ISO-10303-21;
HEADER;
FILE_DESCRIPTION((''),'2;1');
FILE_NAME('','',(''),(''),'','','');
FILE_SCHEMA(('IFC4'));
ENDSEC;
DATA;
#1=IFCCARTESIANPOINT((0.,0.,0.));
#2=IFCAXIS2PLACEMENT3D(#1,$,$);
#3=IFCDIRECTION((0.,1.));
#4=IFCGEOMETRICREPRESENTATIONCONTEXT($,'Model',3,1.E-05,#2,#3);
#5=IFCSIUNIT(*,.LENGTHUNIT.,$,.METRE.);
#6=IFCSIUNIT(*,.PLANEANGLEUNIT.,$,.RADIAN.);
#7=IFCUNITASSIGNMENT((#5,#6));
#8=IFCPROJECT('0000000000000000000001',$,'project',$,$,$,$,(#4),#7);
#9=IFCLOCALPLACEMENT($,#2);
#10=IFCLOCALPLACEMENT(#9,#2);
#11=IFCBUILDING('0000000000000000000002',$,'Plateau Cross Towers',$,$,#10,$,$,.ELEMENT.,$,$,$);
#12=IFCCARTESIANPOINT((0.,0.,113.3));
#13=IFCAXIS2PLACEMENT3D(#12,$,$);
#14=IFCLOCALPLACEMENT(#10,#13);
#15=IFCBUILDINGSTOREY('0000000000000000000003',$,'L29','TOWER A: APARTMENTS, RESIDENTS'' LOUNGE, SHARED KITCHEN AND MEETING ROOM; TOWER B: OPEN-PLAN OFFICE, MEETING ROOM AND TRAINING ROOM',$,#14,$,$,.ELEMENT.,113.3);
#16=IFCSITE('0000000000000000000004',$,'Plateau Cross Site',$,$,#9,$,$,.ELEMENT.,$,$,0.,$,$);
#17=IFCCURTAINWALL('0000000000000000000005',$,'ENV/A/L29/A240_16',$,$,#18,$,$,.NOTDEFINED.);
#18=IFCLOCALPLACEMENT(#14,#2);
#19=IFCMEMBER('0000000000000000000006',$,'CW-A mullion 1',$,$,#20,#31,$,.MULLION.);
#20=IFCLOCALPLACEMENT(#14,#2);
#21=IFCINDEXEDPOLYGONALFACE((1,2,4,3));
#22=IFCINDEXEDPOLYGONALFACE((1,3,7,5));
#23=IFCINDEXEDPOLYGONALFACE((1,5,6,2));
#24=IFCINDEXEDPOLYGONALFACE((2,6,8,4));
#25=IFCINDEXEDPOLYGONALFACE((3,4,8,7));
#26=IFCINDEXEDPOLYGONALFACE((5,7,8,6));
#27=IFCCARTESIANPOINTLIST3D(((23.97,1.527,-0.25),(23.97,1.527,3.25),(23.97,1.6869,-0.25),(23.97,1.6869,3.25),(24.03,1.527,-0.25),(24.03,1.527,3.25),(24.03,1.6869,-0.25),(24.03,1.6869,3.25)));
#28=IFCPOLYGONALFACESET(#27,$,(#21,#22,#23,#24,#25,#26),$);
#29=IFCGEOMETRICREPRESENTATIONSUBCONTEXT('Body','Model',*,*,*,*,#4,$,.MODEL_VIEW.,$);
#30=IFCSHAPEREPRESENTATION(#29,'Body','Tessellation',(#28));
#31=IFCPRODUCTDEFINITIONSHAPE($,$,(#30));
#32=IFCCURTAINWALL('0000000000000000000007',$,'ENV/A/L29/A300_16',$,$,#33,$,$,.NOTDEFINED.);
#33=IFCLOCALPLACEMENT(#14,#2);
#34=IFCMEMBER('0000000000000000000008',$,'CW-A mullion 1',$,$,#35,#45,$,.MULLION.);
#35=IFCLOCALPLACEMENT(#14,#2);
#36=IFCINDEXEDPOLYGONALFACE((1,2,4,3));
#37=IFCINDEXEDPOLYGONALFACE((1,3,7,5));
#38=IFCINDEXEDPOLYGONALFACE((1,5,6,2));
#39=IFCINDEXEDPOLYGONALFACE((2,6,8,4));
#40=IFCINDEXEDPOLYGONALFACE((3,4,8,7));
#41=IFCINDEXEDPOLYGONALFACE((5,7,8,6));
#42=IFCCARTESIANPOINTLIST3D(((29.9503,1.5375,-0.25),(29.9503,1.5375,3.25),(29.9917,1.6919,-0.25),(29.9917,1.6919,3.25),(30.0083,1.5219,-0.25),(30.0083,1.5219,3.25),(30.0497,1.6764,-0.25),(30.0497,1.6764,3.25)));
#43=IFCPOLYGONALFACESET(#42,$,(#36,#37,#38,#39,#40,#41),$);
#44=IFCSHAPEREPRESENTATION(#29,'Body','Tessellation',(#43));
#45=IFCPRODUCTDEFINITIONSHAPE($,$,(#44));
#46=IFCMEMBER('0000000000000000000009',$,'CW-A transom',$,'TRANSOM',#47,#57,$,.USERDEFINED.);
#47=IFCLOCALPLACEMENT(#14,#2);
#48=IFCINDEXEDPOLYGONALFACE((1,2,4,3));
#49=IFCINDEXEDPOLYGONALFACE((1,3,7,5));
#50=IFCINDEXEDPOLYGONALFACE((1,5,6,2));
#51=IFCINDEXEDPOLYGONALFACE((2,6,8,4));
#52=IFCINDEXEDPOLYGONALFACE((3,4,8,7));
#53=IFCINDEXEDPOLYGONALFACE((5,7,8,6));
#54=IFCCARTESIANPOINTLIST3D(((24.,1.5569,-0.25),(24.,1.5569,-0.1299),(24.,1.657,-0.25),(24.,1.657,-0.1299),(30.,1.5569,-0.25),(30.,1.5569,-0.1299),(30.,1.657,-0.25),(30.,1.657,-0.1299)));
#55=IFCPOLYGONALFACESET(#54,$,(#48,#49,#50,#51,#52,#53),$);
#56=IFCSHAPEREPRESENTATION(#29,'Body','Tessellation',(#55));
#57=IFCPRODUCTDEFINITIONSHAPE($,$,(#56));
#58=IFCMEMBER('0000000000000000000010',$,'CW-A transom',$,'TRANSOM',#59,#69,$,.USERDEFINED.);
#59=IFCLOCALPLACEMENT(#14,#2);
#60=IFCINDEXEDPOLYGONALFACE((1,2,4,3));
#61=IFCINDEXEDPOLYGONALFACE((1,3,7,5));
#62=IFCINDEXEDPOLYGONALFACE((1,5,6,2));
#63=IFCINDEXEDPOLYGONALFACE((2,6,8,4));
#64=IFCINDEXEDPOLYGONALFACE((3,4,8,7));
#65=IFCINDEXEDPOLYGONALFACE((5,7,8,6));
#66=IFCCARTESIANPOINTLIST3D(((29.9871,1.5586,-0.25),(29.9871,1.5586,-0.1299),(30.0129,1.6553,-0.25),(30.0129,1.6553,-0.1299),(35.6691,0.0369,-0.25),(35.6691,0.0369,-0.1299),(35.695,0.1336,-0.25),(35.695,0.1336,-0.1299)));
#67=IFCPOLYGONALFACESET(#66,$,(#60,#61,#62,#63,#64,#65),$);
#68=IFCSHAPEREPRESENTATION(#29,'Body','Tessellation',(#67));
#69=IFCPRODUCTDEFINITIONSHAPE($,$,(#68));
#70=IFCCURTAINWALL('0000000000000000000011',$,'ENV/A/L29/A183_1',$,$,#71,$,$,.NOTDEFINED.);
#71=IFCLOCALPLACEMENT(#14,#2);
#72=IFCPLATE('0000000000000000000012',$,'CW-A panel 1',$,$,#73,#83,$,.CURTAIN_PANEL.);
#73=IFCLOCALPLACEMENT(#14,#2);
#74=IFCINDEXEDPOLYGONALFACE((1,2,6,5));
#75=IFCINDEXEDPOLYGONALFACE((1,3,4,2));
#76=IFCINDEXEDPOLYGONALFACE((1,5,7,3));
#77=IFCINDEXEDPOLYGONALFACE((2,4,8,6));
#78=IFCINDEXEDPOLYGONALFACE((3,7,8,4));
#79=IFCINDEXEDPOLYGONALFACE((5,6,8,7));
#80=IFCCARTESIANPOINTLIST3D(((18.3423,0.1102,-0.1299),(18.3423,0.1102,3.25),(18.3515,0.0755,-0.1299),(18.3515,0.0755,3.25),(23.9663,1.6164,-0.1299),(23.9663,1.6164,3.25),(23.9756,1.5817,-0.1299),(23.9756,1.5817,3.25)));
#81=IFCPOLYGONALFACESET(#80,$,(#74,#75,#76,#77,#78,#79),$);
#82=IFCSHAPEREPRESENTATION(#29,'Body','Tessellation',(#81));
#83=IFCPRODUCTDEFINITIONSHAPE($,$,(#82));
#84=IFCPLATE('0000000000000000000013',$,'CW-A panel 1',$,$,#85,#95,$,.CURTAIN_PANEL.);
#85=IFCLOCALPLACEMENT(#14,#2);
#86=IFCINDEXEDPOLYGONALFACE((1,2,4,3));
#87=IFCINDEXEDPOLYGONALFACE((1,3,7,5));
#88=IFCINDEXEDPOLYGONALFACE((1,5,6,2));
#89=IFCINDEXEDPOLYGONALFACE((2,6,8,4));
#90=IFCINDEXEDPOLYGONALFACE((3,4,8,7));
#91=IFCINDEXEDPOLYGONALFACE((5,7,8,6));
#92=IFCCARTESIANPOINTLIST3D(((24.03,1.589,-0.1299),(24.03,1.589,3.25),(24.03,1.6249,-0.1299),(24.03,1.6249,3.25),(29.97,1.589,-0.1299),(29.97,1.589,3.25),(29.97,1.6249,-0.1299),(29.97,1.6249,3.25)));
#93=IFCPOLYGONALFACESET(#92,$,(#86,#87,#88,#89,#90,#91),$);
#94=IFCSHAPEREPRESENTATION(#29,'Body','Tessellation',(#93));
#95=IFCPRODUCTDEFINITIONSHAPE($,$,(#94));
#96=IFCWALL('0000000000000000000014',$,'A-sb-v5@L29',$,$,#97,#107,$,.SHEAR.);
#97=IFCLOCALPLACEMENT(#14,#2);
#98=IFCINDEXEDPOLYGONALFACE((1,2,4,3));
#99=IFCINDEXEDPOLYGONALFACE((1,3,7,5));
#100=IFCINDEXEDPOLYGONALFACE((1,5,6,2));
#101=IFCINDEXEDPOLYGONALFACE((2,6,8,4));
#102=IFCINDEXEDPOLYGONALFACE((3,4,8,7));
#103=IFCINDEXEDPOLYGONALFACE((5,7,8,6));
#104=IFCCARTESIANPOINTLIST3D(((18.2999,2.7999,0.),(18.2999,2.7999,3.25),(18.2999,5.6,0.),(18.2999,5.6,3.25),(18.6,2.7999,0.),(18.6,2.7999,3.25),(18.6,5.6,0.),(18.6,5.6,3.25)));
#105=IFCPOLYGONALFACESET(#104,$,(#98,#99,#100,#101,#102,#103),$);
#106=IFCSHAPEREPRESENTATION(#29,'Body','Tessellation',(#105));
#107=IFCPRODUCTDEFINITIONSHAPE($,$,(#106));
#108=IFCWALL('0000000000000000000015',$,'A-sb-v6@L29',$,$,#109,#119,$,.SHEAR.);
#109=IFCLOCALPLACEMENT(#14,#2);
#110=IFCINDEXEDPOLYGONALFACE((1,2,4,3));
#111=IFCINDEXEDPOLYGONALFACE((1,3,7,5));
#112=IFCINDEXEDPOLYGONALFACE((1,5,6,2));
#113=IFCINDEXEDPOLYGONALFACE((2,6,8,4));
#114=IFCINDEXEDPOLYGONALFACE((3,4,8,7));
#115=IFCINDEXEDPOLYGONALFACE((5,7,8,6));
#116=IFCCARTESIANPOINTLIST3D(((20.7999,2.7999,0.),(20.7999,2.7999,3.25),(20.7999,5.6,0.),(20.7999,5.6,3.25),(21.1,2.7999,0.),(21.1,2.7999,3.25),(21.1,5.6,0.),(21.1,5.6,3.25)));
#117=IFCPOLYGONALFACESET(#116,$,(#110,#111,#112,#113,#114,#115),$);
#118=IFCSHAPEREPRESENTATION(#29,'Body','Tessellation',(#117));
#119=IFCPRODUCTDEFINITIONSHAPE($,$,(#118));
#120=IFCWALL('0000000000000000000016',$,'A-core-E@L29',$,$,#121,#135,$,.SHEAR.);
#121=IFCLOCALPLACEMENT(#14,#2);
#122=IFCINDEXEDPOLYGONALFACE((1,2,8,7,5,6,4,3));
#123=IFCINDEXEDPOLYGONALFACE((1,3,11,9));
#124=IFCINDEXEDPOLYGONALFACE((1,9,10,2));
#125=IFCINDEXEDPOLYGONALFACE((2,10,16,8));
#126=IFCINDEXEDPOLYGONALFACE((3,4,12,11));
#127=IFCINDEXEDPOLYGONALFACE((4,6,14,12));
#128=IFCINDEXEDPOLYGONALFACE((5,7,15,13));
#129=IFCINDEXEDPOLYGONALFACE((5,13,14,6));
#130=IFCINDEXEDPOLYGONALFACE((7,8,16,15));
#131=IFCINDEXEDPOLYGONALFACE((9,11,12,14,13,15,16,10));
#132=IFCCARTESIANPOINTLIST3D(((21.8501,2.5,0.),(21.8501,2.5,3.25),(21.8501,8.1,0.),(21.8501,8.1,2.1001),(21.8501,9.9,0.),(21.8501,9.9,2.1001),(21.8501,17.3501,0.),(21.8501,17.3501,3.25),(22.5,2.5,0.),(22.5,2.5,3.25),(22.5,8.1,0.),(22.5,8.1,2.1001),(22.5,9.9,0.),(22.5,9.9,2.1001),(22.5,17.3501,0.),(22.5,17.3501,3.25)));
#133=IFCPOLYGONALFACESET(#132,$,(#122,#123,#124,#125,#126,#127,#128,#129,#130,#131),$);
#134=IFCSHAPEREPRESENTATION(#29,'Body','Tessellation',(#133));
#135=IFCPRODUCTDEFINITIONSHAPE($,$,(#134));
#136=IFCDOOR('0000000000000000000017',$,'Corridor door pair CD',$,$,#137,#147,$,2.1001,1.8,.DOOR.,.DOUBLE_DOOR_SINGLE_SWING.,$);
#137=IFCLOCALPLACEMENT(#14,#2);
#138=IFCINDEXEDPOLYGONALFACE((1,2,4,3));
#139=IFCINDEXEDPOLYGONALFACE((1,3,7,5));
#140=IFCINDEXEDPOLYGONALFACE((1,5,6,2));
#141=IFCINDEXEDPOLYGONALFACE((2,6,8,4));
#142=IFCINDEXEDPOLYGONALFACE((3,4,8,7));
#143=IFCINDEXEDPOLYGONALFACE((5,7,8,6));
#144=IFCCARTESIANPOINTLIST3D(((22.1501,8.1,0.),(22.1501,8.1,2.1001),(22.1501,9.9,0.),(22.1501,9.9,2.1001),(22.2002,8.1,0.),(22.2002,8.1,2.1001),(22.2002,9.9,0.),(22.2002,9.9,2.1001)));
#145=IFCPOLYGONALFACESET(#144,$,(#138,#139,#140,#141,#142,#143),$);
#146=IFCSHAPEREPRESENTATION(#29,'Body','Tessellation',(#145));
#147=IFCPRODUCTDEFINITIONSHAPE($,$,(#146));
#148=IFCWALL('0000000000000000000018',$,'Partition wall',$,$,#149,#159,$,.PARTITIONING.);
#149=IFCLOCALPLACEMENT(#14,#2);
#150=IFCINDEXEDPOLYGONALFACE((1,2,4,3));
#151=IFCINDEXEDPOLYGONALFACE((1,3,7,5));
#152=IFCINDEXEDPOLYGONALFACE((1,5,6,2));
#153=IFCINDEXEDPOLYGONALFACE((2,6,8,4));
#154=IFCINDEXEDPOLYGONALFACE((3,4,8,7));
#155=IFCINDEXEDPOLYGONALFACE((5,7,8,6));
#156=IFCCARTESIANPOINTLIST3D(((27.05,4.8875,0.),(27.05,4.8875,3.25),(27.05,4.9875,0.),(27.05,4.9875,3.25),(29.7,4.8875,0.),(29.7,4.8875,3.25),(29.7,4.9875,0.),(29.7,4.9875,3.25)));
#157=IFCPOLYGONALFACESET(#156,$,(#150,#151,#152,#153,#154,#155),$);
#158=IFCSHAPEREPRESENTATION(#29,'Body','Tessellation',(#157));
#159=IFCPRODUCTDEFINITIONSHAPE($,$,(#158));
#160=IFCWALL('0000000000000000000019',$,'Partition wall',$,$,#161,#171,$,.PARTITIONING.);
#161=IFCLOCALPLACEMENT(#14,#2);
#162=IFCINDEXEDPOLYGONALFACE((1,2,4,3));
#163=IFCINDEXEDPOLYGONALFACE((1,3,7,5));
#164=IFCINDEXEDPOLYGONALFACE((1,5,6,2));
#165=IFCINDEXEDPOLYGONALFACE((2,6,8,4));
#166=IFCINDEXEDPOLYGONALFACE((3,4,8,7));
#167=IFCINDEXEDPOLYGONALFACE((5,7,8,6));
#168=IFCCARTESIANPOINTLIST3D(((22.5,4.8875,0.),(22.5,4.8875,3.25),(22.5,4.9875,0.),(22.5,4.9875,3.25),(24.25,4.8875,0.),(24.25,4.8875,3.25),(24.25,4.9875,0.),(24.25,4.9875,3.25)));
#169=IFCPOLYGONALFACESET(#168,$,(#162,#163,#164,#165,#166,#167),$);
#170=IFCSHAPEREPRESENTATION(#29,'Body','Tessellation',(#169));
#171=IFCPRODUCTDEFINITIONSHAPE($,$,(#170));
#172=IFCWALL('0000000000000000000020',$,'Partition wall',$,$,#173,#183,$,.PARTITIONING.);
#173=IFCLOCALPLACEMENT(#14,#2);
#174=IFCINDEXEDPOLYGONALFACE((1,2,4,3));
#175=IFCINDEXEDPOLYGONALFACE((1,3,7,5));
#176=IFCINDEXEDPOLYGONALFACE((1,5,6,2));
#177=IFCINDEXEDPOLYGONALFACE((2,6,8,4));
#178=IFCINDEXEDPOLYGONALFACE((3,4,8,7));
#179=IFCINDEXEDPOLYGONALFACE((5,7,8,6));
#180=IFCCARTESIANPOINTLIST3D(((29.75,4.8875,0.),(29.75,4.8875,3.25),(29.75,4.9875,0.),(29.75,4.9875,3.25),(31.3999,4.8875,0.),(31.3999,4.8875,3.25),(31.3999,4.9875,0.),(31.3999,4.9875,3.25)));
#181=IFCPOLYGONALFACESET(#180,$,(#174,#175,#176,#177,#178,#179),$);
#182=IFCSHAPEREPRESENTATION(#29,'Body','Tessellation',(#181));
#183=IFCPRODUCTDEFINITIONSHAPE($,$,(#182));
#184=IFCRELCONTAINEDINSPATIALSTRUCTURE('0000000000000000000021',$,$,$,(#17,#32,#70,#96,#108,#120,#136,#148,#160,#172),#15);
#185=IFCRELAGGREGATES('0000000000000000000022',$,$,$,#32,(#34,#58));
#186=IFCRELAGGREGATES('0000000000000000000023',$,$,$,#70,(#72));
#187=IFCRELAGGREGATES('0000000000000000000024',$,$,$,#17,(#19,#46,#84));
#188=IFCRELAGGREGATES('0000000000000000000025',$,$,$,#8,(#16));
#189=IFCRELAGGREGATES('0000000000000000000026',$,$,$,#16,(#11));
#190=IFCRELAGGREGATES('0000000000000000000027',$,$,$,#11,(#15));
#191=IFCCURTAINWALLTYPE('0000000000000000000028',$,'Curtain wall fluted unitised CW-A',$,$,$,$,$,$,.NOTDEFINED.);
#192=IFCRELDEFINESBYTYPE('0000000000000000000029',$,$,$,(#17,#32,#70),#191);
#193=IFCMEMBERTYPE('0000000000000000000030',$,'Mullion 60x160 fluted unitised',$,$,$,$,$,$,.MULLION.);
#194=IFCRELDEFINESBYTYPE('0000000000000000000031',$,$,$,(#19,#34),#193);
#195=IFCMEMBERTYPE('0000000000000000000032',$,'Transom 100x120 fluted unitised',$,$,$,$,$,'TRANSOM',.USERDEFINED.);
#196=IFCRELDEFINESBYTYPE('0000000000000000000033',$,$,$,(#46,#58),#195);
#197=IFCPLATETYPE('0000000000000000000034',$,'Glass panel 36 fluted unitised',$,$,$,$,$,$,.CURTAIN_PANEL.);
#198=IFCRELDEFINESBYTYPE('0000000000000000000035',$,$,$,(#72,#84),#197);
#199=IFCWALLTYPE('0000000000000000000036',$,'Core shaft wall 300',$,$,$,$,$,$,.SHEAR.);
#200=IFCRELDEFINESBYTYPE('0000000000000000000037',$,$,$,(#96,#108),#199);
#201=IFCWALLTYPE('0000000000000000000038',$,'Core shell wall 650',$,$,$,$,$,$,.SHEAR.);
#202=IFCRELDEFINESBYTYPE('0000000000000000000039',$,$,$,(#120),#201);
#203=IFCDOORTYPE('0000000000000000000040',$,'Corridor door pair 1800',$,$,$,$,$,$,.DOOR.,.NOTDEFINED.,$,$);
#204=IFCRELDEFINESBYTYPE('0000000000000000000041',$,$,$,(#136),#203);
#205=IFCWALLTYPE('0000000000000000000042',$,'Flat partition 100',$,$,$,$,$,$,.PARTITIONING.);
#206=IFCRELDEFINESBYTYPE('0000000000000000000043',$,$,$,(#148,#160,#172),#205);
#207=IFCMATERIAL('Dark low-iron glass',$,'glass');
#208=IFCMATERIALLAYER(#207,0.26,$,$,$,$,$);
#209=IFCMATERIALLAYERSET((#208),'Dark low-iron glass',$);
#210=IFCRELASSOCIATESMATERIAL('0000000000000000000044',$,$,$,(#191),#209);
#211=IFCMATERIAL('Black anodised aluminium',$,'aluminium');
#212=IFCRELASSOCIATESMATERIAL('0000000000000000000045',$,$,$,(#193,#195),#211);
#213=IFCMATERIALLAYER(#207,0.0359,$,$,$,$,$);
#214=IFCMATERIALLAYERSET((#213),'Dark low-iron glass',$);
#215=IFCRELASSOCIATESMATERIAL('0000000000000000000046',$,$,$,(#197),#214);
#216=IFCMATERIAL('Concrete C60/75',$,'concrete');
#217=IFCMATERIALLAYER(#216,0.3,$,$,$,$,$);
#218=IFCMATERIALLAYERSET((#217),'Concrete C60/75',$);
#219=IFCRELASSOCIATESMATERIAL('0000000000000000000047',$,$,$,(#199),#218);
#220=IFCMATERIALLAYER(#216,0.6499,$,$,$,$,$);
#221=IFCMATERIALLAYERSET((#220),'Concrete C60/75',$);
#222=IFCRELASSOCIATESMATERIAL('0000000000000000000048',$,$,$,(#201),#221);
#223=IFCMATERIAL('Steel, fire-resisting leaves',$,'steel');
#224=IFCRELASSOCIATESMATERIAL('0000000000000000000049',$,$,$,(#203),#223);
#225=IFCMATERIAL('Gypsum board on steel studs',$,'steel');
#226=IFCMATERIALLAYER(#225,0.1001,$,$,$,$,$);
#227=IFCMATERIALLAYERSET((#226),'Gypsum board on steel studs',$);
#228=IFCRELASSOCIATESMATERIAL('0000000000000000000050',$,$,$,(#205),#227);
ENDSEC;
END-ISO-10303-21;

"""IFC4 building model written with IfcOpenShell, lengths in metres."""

from ifc_helpers import new_model, si_unit, direction, frame, frame_2d, origin, origin_2d, place, context, subcontext, project, spatial, rectangle, extrude, material, layer, layer_set, material_profile, profile_set, type_object, element, fill, aggregate, save


model = new_model("IFC4")

# Units and contexts
model_context = context("Model", 3, precision=1e-05, world=origin(), true_north=direction((0.0, 1.0)))
body_context = subcontext(model_context, "Body", "Model", "MODEL_VIEW")
ifc_project = project(units=[si_unit("LENGTHUNIT", "METRE"), si_unit("PLANEANGLEUNIT", "RADIAN")], contexts=[model_context])

# Site, building, storey
site_placement = place(None, origin())
site = spatial("IfcSite", under=ifc_project, at=site_placement, Name="Plateau Cross Site", CompositionType="ELEMENT", RefElevation=0.0)
building_placement = place(site_placement, origin())
building = spatial("IfcBuilding", under=site, at=building_placement, Name="Plateau Cross Towers", CompositionType="ELEMENT")
storey_placement = place(building_placement, frame((0.0, 0.0, 113.3)))
storey = spatial("IfcBuildingStorey", under=building, at=storey_placement, Name="L29", Description="TOWER A: APARTMENTS, RESIDENTS' LOUNGE, SHARED KITCHEN AND MEETING ROOM; TOWER B: OPEN-PLAN OFFICE, MEETING ROOM AND TRAINING ROOM", CompositionType="ELEMENT", Elevation=113.3)

# Curtain walls, members
ifc_material_1 = material(Name="Dark low-iron glass", Category="glass")
ifc_layer_1 = layer(ifc_material_1, 0.26)
ifc_layer_set_1 = layer_set([ifc_layer_1], Name="Dark low-iron glass")
curtain_wall_type = type_object("IfcCurtainWallType", Name="Curtain wall fluted unitised CW-A", PredefinedType="NOTDEFINED", material=ifc_layer_set_1)
curtain_wall_1_placement = place(storey_placement, origin())
curtain_wall_1 = element("IfcCurtainWall", 1, at=curtain_wall_1_placement, inside=storey, type_object=curtain_wall_type, Name="ENV/A/L29/A240_16", PredefinedType="NOTDEFINED")
ifc_material_2 = material(Name="Black anodised aluminium", Category="aluminium")
ifc_material_profile_1 = material_profile(ifc_material_2, rectangle(XDim=0.0601, YDim=0.1599, at=origin_2d()), Name="MULLION 60x160")
ifc_profile_set_1 = profile_set([ifc_material_profile_1], Name="Black anodised aluminium")
member_type_1 = type_object("IfcMemberType", Name="Mullion 60x160 fluted unitised", PredefinedType="MULLION", material=ifc_profile_set_1)
member_1_placement = place(storey_placement, frame((24.0, 1.6069, -0.25), z_axis=(0.0, 0.0, 1.0), x_axis=(1.0, 0.0, 0.0)))
member_1 = element("IfcMember", 2, at=member_1_placement, type_object=member_type_1, Name="CW-A mullion 1", PredefinedType="MULLION", context=body_context, shape_type="SweptSolid", body=[
    extrude(rectangle(XDim=0.0601, YDim=0.1599, at=origin_2d()), origin(), (0.0, 0.0, 1.0), 3.5),
])
curtain_wall_2_placement = place(storey_placement, origin())
curtain_wall_2 = element("IfcCurtainWall", 3, at=curtain_wall_2_placement, inside=storey, type_object=curtain_wall_type, Name="ENV/A/L29/A300_16", PredefinedType="NOTDEFINED")
member_2_placement = place(storey_placement, frame((30.0, 1.6069, -0.25), z_axis=(0.0, 0.0, 1.0), x_axis=(0.965958, -0.258699, 0.0)))
member_2 = element("IfcMember", 4, at=member_2_placement, type_object=member_type_1, Name="CW-A mullion 1", PredefinedType="MULLION", context=body_context, shape_type="SweptSolid", body=[
    extrude(rectangle(XDim=0.0601, YDim=0.1599, at=origin_2d()), origin(), (0.0, 0.0, 1.0), 3.5),
])

# Members
ifc_material_profile_2 = material_profile(ifc_material_2, rectangle(XDim=0.1001, YDim=0.1201, at=origin_2d()), Name="TRANSOM 100x120")
ifc_profile_set_2 = profile_set([ifc_material_profile_2], Name="Black anodised aluminium")
member_type_2 = type_object("IfcMemberType", Name="Transom 100x120 fluted unitised", ElementType="TRANSOM", PredefinedType="USERDEFINED", material=ifc_profile_set_2)
member_3_placement = place(storey_placement, frame((24.0, 1.6069, -0.1899), z_axis=(1.0, 0.0, 0.0), x_axis=(0.0, 1.0, 0.0)))
member_3 = element("IfcMember", 5, at=member_3_placement, type_object=member_type_2, Name="CW-A transom", ObjectType="TRANSOM", PredefinedType="USERDEFINED", context=body_context, shape_type="SweptSolid", body=[
    extrude(rectangle(XDim=0.1001, YDim=0.1201, at=origin_2d()), origin(), (0.0, 0.0, 1.0), 6.0),
])
member_4_placement = place(storey_placement, frame((30.0, 1.6069, -0.1899), z_axis=(0.96596, -0.258693, 0.0), x_axis=(0.258693, 0.96596, 0.0)))
member_4 = element("IfcMember", 6, at=member_4_placement, type_object=member_type_2, Name="CW-A transom", ObjectType="TRANSOM", PredefinedType="USERDEFINED", context=body_context, shape_type="SweptSolid", body=[
    extrude(rectangle(XDim=0.1001, YDim=0.1201, at=origin_2d()), origin(), (0.0, 0.0, 1.0), 5.8823),
])
aggregate(curtain_wall_2, [member_2, member_4])

# Curtain wall, plate
curtain_wall_3_placement = place(storey_placement, origin())
curtain_wall_3 = element("IfcCurtainWall", 7, at=curtain_wall_3_placement, inside=storey, type_object=curtain_wall_type, Name="ENV/A/L29/A183_1", PredefinedType="NOTDEFINED")
ifc_layer_2 = layer(ifc_material_1, 0.0359)
ifc_layer_set_2 = layer_set([ifc_layer_2], Name="Dark low-iron glass")
plate_type = type_object("IfcPlateType", Name="Glass panel 36 fluted unitised", PredefinedType="CURTAIN_PANEL", material=ifc_layer_set_2)
plate_1_placement = place(storey_placement, frame((21.1589, 0.8459, -0.1299), z_axis=(0.0, 0.0, 1.0), x_axis=(0.965958, 0.258699, 0.0)))
plate_1 = element("IfcPlate", 8, at=plate_1_placement, type_object=plate_type, Name="CW-A panel 1", PredefinedType="CURTAIN_PANEL", context=body_context, shape_type="SweptSolid", body=[
    extrude(rectangle(XDim=5.8223, YDim=0.0359, at=origin_2d()), origin(), (0.0, 0.0, 1.0), 3.3799),
])
aggregate(curtain_wall_3, [plate_1])

# Plate
plate_2_placement = place(storey_placement, frame((27.0, 1.6069, -0.1299), z_axis=(0.0, 0.0, 1.0), x_axis=(1.0, 0.0, 0.0)))
plate_2 = element("IfcPlate", 9, at=plate_2_placement, type_object=plate_type, Name="CW-A panel 1", PredefinedType="CURTAIN_PANEL", context=body_context, shape_type="SweptSolid", body=[
    extrude(rectangle(XDim=5.9399, YDim=0.0359, at=origin_2d()), origin(), (0.0, 0.0, 1.0), 3.3799),
])
aggregate(curtain_wall_1, [member_1, member_3, plate_2])

# Walls
ifc_material_3 = material(Name="Concrete C60/75", Category="concrete")
ifc_layer_3 = layer(ifc_material_3, 0.3)
ifc_layer_set_3 = layer_set([ifc_layer_3], Name="Concrete C60/75")
wall_type_1 = type_object("IfcWallType", Name="Core shaft wall 300", PredefinedType="SHEAR", material=ifc_layer_set_3)
for number, where, z_axis, x_axis, name in (
    (10, (18.45, 2.8, 0.0), (0.0, 0.0, 1.0), (0.0, 1.0, 0.0), "A-sb-v5@L29"),
    (11, (20.95, 2.8, 0.0), (0.0, 0.0, 1.0), (0.0, 1.0, 0.0), "A-sb-v6@L29"),
):
    element("IfcWall", number, at=place(storey_placement, frame(where, z_axis=z_axis, x_axis=x_axis)), inside=storey, type_object=wall_type_1, Name=name, PredefinedType="SHEAR", context=body_context, shape_type="SweptSolid", body=[
        extrude(rectangle(XDim=2.8, YDim=0.3, at=frame_2d((1.3999, 0.0))), origin(), (0.0, 0.0, 1.0), 3.25),
    ])

# Wall, opening, door
ifc_layer_4 = layer(ifc_material_3, 0.6499)
ifc_layer_set_4 = layer_set([ifc_layer_4], Name="Concrete C60/75")
wall_type_2 = type_object("IfcWallType", Name="Core shell wall 650", PredefinedType="SHEAR", material=ifc_layer_set_4)
wall_1_placement = place(storey_placement, frame((22.175, 2.5, 0.0), z_axis=(0.0, 0.0, 1.0), x_axis=(0.0, 1.0, 0.0)))
wall_1 = element("IfcWall", 12, at=wall_1_placement, inside=storey, type_object=wall_type_2, Name="A-core-E@L29", PredefinedType="SHEAR", context=body_context, shape_type="SweptSolid", body=[
    extrude(rectangle(XDim=14.8501, YDim=0.6499, at=frame_2d((7.425, 0.0))), origin(), (0.0, 0.0, 1.0), 3.25),
])
opening_1_placement = place(wall_1_placement, frame((5.6001, 0.0, 0.0)))
opening_1 = element("IfcOpeningElement", 13, at=opening_1_placement, cuts=wall_1, PredefinedType="OPENING", context=body_context, shape_type="SweptSolid", body=[
    extrude(rectangle(XDim=1.8, YDim=2.1001, at=frame_2d((0.8999, 1.05))), frame((0.0, 0.335, 0.0), z_axis=(0.0, -1.0, 0.0), x_axis=(1.0, 0.0, 0.0)), (0.0, 0.0, 1.0), 0.6699),
])
ifc_material_4 = material(Name="Steel, fire-resisting leaves", Category="steel")
door_type_1 = type_object("IfcDoorType", Name="Corridor door pair 1800", OperationType="NOTDEFINED", PredefinedType="DOOR", material=ifc_material_4)
door_1_placement = place(opening_1_placement, origin())
door_1 = element("IfcDoor", 14, at=door_1_placement, inside=storey, type_object=door_type_1, Name="Corridor door pair CD", OperationType="DOUBLE_DOOR_SINGLE_SWING", OverallHeight=2.1001, OverallWidth=1.8, PredefinedType="DOOR", context=body_context, shape_type="SweptSolid", body=[
    extrude(rectangle(XDim=1.8, YDim=2.1001, at=frame_2d((0.8999, 1.05))), frame((0.0, 0.0249, 0.0), z_axis=(0.0, -1.0, 0.0), x_axis=(1.0, 0.0, 0.0)), (0.0, 0.0, 1.0), 0.05),
])
fill(opening_1, door_1)

# Walls
ifc_material_5 = material(Name="Gypsum board on steel studs", Category="steel")
ifc_layer_5 = layer(ifc_material_5, 0.1001)
ifc_layer_set_5 = layer_set([ifc_layer_5], Name="Gypsum board on steel studs")
wall_type_3 = type_object("IfcWallType", Name="Flat partition 100", PredefinedType="PARTITIONING", material=ifc_layer_set_5)
wall_2_placement = place(storey_placement, frame((29.7, 4.9375, 0.0), z_axis=(0.0, 0.0, 1.0), x_axis=(-1.0, 0.0, 0.0)))
element("IfcWall", 15, at=wall_2_placement, inside=storey, type_object=wall_type_3, Name="Partition wall", PredefinedType="PARTITIONING", context=body_context, shape_type="SweptSolid", body=[
    extrude(rectangle(XDim=2.6499, YDim=0.1001, at=frame_2d((1.325, 0.0))), origin(), (0.0, 0.0, 1.0), 3.25),
])
wall_3_placement = place(storey_placement, frame((22.5, 4.9375, 0.0), z_axis=(0.0, 0.0, 1.0), x_axis=(1.0, 0.0, 0.0)))
element("IfcWall", 16, at=wall_3_placement, inside=storey, type_object=wall_type_3, Name="Partition wall", PredefinedType="PARTITIONING", context=body_context, shape_type="SweptSolid", body=[
    extrude(rectangle(XDim=1.75, YDim=0.1001, at=frame_2d((0.875, 0.0))), origin(), (0.0, 0.0, 1.0), 3.25),
])
wall_4_placement = place(storey_placement, frame((29.75, 4.9375, 0.0), z_axis=(0.0, 0.0, 1.0), x_axis=(1.0, 0.0, 0.0)))
element("IfcWall", 17, at=wall_4_placement, inside=storey, type_object=wall_type_3, Name="Partition wall", PredefinedType="PARTITIONING", context=body_context, shape_type="SweptSolid", body=[
    extrude(rectangle(XDim=1.6499, YDim=0.1001, at=frame_2d((0.825, 0.0))), origin(), (0.0, 0.0, 1.0), 3.25),
])

save(model, "model.ifc")
